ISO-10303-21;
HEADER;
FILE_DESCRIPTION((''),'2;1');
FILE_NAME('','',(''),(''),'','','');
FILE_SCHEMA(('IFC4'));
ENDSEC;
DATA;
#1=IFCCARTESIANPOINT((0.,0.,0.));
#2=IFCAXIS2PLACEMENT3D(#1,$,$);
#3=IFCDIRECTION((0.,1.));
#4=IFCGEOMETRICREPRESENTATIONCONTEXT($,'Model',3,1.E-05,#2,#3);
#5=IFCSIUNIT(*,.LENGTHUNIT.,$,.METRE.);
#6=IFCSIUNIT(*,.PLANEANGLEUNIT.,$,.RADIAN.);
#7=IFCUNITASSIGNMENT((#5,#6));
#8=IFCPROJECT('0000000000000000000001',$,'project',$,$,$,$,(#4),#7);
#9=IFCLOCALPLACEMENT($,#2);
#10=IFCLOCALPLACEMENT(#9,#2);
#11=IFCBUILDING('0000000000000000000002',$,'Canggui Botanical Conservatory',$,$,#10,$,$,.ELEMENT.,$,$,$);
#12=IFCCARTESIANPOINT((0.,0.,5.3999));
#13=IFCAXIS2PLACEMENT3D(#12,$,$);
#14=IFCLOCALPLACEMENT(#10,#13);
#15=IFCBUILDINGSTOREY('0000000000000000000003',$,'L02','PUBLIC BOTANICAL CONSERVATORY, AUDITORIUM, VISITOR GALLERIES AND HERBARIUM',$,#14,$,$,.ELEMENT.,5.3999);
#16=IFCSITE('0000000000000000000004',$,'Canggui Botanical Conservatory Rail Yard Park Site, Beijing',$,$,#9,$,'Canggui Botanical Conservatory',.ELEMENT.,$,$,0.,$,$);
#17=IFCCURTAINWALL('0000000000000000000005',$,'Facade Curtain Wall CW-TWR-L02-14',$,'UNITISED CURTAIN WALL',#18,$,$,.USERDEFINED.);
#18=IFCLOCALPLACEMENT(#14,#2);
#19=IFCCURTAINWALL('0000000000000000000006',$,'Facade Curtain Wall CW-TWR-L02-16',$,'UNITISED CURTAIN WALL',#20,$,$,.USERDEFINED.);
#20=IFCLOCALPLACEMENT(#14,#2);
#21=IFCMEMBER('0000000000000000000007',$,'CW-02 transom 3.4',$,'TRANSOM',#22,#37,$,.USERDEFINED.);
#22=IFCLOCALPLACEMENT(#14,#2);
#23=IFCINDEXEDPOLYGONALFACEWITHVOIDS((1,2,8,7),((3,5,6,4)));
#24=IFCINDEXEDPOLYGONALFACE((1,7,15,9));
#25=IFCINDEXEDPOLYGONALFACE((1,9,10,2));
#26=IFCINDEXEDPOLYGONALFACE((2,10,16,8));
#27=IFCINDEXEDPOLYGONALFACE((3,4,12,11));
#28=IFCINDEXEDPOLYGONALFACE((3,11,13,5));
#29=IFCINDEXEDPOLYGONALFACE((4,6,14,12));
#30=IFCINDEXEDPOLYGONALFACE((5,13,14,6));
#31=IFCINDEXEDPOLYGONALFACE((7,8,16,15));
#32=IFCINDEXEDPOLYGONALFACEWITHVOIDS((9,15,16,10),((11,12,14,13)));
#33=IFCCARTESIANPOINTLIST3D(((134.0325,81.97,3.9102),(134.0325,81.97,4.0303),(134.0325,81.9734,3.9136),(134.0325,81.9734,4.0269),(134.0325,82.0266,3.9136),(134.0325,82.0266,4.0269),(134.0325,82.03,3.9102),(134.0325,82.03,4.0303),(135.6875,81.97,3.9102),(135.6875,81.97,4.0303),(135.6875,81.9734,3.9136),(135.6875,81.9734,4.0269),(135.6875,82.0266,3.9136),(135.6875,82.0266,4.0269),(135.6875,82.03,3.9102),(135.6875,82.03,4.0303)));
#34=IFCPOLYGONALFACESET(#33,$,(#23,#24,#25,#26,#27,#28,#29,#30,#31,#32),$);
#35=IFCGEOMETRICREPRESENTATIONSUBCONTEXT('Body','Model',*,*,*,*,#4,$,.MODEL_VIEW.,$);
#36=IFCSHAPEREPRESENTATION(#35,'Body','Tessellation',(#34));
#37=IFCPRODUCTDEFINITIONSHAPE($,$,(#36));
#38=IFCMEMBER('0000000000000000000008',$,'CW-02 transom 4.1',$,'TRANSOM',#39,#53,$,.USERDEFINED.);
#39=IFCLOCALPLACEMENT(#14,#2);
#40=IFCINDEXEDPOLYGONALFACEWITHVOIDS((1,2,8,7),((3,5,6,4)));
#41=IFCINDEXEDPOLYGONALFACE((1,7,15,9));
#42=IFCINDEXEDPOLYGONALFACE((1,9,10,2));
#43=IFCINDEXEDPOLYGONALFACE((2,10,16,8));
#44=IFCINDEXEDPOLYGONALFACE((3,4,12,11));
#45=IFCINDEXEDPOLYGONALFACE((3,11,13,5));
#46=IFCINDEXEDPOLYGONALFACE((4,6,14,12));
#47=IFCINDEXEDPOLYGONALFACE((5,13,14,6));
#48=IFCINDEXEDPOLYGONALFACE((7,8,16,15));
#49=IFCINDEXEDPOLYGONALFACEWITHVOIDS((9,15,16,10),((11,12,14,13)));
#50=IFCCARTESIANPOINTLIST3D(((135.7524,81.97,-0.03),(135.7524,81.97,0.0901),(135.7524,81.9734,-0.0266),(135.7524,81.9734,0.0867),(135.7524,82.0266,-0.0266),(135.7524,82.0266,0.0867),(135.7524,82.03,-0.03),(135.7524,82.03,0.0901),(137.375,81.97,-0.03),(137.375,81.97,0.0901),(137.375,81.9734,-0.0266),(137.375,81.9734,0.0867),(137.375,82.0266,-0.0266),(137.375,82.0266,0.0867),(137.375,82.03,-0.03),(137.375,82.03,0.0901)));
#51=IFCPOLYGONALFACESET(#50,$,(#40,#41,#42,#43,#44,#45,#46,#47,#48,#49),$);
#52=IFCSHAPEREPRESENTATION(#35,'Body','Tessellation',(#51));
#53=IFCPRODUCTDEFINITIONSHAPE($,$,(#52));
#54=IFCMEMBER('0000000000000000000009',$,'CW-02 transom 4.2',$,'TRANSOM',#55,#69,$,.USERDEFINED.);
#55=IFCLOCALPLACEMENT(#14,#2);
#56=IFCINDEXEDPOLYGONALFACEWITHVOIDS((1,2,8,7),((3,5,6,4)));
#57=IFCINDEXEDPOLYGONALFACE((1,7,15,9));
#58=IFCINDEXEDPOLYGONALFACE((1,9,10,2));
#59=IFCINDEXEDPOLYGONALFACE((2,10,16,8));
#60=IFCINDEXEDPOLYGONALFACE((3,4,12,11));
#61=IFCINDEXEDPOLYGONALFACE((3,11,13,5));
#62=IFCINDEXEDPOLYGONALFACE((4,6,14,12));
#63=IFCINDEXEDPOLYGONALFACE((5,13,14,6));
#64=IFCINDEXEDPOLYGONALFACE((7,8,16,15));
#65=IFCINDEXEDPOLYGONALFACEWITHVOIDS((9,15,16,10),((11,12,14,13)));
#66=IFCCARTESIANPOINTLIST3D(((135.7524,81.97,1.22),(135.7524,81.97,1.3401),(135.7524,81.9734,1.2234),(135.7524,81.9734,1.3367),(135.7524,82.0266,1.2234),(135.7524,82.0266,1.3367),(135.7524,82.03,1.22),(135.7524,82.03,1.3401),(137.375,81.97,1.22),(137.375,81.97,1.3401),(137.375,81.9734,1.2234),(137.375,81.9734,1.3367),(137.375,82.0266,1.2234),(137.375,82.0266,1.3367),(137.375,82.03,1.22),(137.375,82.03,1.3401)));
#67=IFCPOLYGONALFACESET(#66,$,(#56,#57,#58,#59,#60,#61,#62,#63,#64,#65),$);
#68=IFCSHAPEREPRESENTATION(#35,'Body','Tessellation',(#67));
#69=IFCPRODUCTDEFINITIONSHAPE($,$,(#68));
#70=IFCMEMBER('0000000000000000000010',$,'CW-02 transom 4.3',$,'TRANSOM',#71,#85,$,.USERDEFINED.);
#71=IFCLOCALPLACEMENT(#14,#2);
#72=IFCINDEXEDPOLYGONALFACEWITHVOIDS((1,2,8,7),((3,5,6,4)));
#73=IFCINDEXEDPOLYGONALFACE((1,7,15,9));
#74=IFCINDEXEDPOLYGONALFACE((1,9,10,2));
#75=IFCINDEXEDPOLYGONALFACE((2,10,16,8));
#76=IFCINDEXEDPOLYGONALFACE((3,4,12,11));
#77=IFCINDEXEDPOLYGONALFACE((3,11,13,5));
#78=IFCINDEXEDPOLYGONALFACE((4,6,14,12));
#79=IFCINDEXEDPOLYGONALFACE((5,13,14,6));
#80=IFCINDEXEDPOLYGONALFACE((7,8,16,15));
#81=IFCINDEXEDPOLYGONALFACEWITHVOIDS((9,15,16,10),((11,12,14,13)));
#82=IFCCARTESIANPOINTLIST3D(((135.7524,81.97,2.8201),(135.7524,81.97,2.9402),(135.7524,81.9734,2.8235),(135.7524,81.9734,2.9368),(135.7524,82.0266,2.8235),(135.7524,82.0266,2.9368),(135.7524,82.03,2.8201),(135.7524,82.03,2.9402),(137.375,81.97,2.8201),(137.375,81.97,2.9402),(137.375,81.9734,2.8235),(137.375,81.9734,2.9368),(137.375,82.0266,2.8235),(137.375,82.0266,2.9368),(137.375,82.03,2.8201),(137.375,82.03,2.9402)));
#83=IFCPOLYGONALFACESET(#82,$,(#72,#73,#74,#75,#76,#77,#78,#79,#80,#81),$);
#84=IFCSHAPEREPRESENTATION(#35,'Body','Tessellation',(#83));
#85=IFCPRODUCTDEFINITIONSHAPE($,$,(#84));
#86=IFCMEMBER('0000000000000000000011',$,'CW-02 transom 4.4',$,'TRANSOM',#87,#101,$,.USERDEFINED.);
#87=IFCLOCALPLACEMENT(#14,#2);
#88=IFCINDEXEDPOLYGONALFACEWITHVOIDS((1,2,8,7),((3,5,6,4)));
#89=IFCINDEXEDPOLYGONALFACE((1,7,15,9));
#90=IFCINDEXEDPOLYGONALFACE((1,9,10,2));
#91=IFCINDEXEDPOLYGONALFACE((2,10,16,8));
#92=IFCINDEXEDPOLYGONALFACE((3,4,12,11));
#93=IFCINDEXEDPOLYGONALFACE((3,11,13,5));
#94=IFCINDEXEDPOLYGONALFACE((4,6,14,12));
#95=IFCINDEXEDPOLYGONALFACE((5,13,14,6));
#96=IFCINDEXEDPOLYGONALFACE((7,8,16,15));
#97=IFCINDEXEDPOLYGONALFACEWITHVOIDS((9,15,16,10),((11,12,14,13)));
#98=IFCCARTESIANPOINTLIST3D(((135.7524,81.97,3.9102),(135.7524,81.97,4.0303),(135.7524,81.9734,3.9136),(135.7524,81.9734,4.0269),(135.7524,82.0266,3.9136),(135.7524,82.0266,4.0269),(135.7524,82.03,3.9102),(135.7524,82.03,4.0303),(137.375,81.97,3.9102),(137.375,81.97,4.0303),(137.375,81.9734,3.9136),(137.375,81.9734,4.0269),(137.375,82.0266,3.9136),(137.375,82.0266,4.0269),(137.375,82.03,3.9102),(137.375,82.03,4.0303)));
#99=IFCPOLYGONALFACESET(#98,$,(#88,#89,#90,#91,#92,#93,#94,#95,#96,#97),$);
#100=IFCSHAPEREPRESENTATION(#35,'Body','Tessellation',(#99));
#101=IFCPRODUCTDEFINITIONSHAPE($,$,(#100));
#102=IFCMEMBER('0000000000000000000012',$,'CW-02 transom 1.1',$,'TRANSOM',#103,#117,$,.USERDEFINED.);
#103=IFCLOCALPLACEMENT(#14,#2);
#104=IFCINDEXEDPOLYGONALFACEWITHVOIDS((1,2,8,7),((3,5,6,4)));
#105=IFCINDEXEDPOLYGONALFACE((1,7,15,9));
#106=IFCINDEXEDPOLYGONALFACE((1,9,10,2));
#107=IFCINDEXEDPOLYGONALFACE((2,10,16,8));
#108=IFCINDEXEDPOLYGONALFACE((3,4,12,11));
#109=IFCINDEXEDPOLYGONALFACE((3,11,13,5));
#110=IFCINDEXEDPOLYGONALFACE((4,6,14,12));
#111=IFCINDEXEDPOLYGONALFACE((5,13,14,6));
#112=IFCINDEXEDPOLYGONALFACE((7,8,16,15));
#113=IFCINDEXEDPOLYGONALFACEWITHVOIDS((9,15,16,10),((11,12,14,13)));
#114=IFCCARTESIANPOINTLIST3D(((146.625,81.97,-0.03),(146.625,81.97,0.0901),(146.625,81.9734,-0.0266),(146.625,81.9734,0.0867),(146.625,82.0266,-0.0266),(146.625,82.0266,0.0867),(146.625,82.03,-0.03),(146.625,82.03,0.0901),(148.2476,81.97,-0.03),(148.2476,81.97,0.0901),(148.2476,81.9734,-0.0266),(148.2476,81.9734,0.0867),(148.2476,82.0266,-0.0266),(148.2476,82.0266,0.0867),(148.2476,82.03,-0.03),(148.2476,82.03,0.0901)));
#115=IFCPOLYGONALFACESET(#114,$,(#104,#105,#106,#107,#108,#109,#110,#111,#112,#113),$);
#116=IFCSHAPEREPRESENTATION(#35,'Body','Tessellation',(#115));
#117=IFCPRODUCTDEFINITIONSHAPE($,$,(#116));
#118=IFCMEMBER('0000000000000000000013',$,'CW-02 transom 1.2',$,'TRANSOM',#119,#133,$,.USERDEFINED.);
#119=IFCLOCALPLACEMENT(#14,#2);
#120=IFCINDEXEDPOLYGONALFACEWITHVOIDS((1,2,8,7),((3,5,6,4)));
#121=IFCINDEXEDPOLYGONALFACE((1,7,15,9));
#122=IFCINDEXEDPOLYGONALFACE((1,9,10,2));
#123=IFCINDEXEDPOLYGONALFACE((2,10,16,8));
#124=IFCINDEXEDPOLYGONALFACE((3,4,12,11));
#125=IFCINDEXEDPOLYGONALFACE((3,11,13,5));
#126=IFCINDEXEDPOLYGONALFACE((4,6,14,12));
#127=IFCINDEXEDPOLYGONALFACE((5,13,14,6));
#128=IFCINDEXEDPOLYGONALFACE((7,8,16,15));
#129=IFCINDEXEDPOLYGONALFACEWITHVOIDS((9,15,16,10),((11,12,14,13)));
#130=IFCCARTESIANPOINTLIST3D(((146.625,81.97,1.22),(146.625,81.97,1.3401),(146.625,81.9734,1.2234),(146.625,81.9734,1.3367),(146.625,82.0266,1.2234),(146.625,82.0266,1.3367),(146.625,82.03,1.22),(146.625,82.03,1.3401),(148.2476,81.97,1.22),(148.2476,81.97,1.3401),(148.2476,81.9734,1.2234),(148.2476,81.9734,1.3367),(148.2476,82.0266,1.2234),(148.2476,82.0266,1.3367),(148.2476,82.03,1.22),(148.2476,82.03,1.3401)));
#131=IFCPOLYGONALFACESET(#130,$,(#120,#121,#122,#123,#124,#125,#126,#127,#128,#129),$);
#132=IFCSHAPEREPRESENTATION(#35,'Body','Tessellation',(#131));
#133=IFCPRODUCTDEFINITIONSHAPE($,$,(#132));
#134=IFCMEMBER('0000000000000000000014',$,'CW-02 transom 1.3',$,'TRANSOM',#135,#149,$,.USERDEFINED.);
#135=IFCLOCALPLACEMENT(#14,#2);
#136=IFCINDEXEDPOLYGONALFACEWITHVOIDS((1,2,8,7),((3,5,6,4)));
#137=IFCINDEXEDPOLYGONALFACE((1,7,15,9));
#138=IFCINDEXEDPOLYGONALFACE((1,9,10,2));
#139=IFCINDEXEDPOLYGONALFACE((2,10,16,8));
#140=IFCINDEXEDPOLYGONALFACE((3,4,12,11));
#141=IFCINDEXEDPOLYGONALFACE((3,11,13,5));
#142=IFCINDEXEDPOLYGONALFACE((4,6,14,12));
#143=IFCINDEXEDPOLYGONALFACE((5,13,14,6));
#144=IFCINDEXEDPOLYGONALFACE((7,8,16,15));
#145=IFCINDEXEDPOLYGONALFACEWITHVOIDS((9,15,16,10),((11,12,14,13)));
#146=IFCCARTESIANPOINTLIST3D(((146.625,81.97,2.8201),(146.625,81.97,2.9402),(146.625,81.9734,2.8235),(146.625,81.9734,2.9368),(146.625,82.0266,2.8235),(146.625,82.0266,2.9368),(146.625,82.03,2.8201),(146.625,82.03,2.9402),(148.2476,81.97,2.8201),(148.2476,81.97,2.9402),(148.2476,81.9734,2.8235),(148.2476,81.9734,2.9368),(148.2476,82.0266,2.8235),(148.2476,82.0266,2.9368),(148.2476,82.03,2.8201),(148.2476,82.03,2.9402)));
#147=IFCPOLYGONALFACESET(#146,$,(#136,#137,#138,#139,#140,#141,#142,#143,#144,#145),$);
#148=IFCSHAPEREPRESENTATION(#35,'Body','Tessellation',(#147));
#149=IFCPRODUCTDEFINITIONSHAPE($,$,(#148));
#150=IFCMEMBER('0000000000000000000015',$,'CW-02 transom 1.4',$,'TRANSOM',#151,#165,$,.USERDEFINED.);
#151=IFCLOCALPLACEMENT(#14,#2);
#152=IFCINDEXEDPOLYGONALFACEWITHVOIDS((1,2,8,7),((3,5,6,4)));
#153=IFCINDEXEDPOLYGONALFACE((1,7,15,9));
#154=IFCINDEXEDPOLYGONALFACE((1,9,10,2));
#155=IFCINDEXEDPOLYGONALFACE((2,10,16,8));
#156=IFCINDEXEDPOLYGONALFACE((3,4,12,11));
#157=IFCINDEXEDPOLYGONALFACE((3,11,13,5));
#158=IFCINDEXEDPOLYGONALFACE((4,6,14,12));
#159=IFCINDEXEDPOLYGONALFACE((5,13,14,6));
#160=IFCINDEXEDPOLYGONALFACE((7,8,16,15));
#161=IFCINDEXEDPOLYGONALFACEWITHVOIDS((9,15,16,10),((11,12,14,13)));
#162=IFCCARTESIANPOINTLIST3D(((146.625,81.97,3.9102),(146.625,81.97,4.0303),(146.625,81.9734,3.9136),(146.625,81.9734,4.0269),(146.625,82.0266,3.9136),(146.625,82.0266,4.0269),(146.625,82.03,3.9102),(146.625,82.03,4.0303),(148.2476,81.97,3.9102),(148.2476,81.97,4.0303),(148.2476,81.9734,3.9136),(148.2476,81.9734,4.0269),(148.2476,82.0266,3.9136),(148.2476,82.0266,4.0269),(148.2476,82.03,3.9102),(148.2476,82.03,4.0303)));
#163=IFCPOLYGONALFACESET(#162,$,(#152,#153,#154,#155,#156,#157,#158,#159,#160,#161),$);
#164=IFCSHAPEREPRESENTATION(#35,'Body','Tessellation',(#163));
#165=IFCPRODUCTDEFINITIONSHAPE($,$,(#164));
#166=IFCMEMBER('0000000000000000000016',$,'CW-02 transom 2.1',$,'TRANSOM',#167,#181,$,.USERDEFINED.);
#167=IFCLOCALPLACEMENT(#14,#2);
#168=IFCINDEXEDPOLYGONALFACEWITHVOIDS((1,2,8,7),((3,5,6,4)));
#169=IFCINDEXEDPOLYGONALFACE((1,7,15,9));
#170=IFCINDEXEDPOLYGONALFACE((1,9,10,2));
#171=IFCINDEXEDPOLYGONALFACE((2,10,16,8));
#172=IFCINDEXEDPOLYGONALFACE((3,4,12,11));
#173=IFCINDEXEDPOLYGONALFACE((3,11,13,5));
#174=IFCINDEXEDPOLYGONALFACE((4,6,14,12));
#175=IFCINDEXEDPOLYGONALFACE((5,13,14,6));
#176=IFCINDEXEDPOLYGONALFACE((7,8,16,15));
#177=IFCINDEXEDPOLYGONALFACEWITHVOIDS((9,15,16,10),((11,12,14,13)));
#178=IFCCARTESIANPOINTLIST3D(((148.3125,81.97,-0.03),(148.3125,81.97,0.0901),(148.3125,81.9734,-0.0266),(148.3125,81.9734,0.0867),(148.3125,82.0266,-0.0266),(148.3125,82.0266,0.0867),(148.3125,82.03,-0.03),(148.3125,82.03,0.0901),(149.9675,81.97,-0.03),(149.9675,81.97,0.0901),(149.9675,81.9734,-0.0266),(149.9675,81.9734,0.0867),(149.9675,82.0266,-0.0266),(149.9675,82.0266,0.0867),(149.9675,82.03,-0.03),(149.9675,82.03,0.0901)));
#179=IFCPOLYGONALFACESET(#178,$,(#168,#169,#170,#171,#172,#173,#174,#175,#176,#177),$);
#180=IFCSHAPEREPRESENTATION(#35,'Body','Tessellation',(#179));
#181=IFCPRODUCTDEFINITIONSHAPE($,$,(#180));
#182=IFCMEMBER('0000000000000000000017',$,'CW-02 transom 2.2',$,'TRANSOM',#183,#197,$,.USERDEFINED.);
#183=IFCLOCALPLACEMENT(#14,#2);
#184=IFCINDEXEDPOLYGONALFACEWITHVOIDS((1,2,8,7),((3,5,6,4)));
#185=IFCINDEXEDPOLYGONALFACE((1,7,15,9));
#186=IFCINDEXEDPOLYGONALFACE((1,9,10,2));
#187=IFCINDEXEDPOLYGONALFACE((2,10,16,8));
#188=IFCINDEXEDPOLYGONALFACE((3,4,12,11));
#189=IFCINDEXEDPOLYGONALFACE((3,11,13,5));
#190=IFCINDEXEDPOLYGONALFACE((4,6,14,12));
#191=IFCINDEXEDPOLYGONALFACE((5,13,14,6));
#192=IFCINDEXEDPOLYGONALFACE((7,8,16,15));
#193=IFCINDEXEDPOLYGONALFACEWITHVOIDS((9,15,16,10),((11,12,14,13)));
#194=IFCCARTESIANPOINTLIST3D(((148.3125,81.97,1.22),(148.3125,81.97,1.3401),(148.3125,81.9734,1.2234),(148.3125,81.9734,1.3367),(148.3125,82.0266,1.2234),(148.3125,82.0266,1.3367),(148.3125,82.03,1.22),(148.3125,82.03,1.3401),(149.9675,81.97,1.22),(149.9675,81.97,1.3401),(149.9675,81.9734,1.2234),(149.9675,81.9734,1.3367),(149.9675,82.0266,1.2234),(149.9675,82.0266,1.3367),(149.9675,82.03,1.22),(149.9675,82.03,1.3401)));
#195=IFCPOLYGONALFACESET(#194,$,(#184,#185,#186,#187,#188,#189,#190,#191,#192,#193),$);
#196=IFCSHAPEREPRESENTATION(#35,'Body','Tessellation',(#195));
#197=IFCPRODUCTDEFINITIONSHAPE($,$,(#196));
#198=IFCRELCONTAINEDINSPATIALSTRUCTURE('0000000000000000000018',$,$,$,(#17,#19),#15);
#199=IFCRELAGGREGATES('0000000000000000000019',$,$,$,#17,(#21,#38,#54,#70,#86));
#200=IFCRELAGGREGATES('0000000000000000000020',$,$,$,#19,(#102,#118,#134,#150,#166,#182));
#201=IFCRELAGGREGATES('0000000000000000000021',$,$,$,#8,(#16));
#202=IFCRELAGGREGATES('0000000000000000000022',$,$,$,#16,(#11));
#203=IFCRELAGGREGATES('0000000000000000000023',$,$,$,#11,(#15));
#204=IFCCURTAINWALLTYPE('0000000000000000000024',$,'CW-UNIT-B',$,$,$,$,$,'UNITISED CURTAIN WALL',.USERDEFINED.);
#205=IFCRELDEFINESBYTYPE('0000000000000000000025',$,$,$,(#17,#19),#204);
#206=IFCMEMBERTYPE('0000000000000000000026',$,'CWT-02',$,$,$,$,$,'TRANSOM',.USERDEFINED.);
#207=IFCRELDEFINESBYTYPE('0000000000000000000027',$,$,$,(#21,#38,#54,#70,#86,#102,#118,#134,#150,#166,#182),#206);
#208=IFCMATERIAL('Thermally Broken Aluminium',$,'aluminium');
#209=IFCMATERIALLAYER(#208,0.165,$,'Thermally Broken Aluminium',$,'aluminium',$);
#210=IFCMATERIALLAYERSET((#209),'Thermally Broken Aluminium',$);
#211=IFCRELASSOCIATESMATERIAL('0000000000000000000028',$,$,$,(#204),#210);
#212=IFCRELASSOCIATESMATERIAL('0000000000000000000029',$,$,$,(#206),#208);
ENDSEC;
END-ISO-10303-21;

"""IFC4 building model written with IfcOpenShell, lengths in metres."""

from ifc_helpers import new_model, si_unit, direction, frame, origin, origin_2d, place, context, subcontext, project, spatial, hollow_rectangle, extrude, material, layer, layer_set, material_profile, profile_set, type_object, element, aggregate, save


model = new_model("IFC4")

# Units and contexts
model_context = context("Model", 3, precision=1e-05, world=origin(), true_north=direction((0.0, 1.0)))
body_context = subcontext(model_context, "Body", "Model", "MODEL_VIEW")
ifc_project = project(units=[si_unit("LENGTHUNIT", "METRE"), si_unit("PLANEANGLEUNIT", "RADIAN")], contexts=[model_context])

# Site, building, storey
site_placement = place(None, origin())
site = spatial("IfcSite", under=ifc_project, at=site_placement, Name="Canggui Botanical Conservatory Rail Yard Park Site, Beijing", LongName="Canggui Botanical Conservatory", CompositionType="ELEMENT", RefElevation=0.0)
building_placement = place(site_placement, origin())
building = spatial("IfcBuilding", under=site, at=building_placement, Name="Canggui Botanical Conservatory", CompositionType="ELEMENT")
storey_placement = place(building_placement, frame((0.0, 0.0, 5.3999)))
storey = spatial("IfcBuildingStorey", under=building, at=storey_placement, Name="L02", Description="PUBLIC BOTANICAL CONSERVATORY, AUDITORIUM, VISITOR GALLERIES AND HERBARIUM", CompositionType="ELEMENT", Elevation=5.3999)

# Curtain walls
ifc_material_1 = material(Name="Thermally Broken Aluminium", Category="aluminium")
ifc_layer_1 = layer(ifc_material_1, 0.165, Name="Thermally Broken Aluminium", Category="aluminium")
ifc_layer_set_1 = layer_set([ifc_layer_1], Name="Thermally Broken Aluminium")
curtain_wall_type = type_object("IfcCurtainWallType", Name="CW-UNIT-B", ElementType="UNITISED CURTAIN WALL", PredefinedType="USERDEFINED", material=ifc_layer_set_1)
curtain_wall_1_placement = place(storey_placement, origin())
curtain_wall_1 = element("IfcCurtainWall", 1, at=curtain_wall_1_placement, inside=storey, type_object=curtain_wall_type, Name="Facade Curtain Wall CW-TWR-L02-14", ObjectType="UNITISED CURTAIN WALL", PredefinedType="USERDEFINED")
curtain_wall_2_placement = place(storey_placement, origin())
curtain_wall_2 = element("IfcCurtainWall", 2, at=curtain_wall_2_placement, inside=storey, type_object=curtain_wall_type, Name="Facade Curtain Wall CW-TWR-L02-16", ObjectType="UNITISED CURTAIN WALL", PredefinedType="USERDEFINED")

# Members
ifc_material_profile_1 = material_profile(ifc_material_1, hollow_rectangle(XDim=0.0601, YDim=0.1201, WallThickness=0.0034, at=origin_2d()), Name="CWT 60x120x3.5")
ifc_profile_set_1 = profile_set([ifc_material_profile_1], Name="Thermally Broken Aluminium")
member_type_1 = type_object("IfcMemberType", Name="CWT-02", ElementType="TRANSOM", PredefinedType="USERDEFINED", material=ifc_profile_set_1)
member_1_placement = place(storey_placement, frame((134.0325, 82.0, 3.9702), z_axis=(1.0, 0.0, 0.0), x_axis=(0.0, 1.0, 0.0)))
member_1 = element("IfcMember", 3, at=member_1_placement, type_object=member_type_1, Name="CW-02 transom 3.4", ObjectType="TRANSOM", PredefinedType="USERDEFINED", context=body_context, shape_type="SweptSolid", body=[
    extrude(hollow_rectangle(XDim=0.0601, YDim=0.1201, WallThickness=0.0034, at=origin_2d()), origin(), (0.0, 0.0, 1.0), 1.655),
])
member_2_placement = place(storey_placement, frame((135.7524, 82.0, 0.03), z_axis=(1.0, 0.0, 0.0), x_axis=(0.0, 1.0, 0.0)))
member_2 = element("IfcMember", 4, at=member_2_placement, type_object=member_type_1, Name="CW-02 transom 4.1", ObjectType="TRANSOM", PredefinedType="USERDEFINED", context=body_context, shape_type="SweptSolid", body=[
    extrude(hollow_rectangle(XDim=0.0601, YDim=0.1201, WallThickness=0.0034, at=origin_2d()), origin(), (0.0, 0.0, 1.0), 1.6226),
])
member_3_placement = place(storey_placement, frame((135.7524, 82.0, 1.28), z_axis=(1.0, 0.0, 0.0), x_axis=(0.0, 1.0, 0.0)))
member_3 = element("IfcMember", 5, at=member_3_placement, type_object=member_type_1, Name="CW-02 transom 4.2", ObjectType="TRANSOM", PredefinedType="USERDEFINED", context=body_context, shape_type="SweptSolid", body=[
    extrude(hollow_rectangle(XDim=0.0601, YDim=0.1201, WallThickness=0.0034, at=origin_2d()), origin(), (0.0, 0.0, 1.0), 1.6226),
])
member_4_placement = place(storey_placement, frame((135.7524, 82.0, 2.8801), z_axis=(1.0, 0.0, 0.0), x_axis=(0.0, 1.0, 0.0)))
member_4 = element("IfcMember", 6, at=member_4_placement, type_object=member_type_1, Name="CW-02 transom 4.3", ObjectType="TRANSOM", PredefinedType="USERDEFINED", context=body_context, shape_type="SweptSolid", body=[
    extrude(hollow_rectangle(XDim=0.0601, YDim=0.1201, WallThickness=0.0034, at=origin_2d()), origin(), (0.0, 0.0, 1.0), 1.6226),
])
member_5_placement = place(storey_placement, frame((135.7524, 82.0, 3.9702), z_axis=(1.0, 0.0, 0.0), x_axis=(0.0, 1.0, 0.0)))
member_5 = element("IfcMember", 7, at=member_5_placement, type_object=member_type_1, Name="CW-02 transom 4.4", ObjectType="TRANSOM", PredefinedType="USERDEFINED", context=body_context, shape_type="SweptSolid", body=[
    extrude(hollow_rectangle(XDim=0.0601, YDim=0.1201, WallThickness=0.0034, at=origin_2d()), origin(), (0.0, 0.0, 1.0), 1.6226),
])
member_6_placement = place(storey_placement, frame((146.625, 82.0, 0.03), z_axis=(1.0, 0.0, 0.0), x_axis=(0.0, 1.0, 0.0)))
member_6 = element("IfcMember", 8, at=member_6_placement, type_object=member_type_1, Name="CW-02 transom 1.1", ObjectType="TRANSOM", PredefinedType="USERDEFINED", context=body_context, shape_type="SweptSolid", body=[
    extrude(hollow_rectangle(XDim=0.0601, YDim=0.1201, WallThickness=0.0034, at=origin_2d()), origin(), (0.0, 0.0, 1.0), 1.6226),
])
member_7_placement = place(storey_placement, frame((146.625, 82.0, 1.28), z_axis=(1.0, 0.0, 0.0), x_axis=(0.0, 1.0, 0.0)))
member_7 = element("IfcMember", 9, at=member_7_placement, type_object=member_type_1, Name="CW-02 transom 1.2", ObjectType="TRANSOM", PredefinedType="USERDEFINED", context=body_context, shape_type="SweptSolid", body=[
    extrude(hollow_rectangle(XDim=0.0601, YDim=0.1201, WallThickness=0.0034, at=origin_2d()), origin(), (0.0, 0.0, 1.0), 1.6226),
])
member_8_placement = place(storey_placement, frame((146.625, 82.0, 2.8801), z_axis=(1.0, 0.0, 0.0), x_axis=(0.0, 1.0, 0.0)))
member_8 = element("IfcMember", 10, at=member_8_placement, type_object=member_type_1, Name="CW-02 transom 1.3", ObjectType="TRANSOM", PredefinedType="USERDEFINED", context=body_context, shape_type="SweptSolid", body=[
    extrude(hollow_rectangle(XDim=0.0601, YDim=0.1201, WallThickness=0.0034, at=origin_2d()), origin(), (0.0, 0.0, 1.0), 1.6226),
])
member_9_placement = place(storey_placement, frame((146.625, 82.0, 3.9702), z_axis=(1.0, 0.0, 0.0), x_axis=(0.0, 1.0, 0.0)))
member_9 = element("IfcMember", 11, at=member_9_placement, type_object=member_type_1, Name="CW-02 transom 1.4", ObjectType="TRANSOM", PredefinedType="USERDEFINED", context=body_context, shape_type="SweptSolid", body=[
    extrude(hollow_rectangle(XDim=0.0601, YDim=0.1201, WallThickness=0.0034, at=origin_2d()), origin(), (0.0, 0.0, 1.0), 1.6226),
])
member_10_placement = place(storey_placement, frame((148.3125, 82.0, 0.03), z_axis=(1.0, 0.0, 0.0), x_axis=(0.0, 1.0, 0.0)))
member_10 = element("IfcMember", 12, at=member_10_placement, type_object=member_type_1, Name="CW-02 transom 2.1", ObjectType="TRANSOM", PredefinedType="USERDEFINED", context=body_context, shape_type="SweptSolid", body=[
    extrude(hollow_rectangle(XDim=0.0601, YDim=0.1201, WallThickness=0.0034, at=origin_2d()), origin(), (0.0, 0.0, 1.0), 1.655),
])
member_11_placement = place(storey_placement, frame((148.3125, 82.0, 1.28), z_axis=(1.0, 0.0, 0.0), x_axis=(0.0, 1.0, 0.0)))
member_11 = element("IfcMember", 13, at=member_11_placement, type_object=member_type_1, Name="CW-02 transom 2.2", ObjectType="TRANSOM", PredefinedType="USERDEFINED", context=body_context, shape_type="SweptSolid", body=[
    extrude(hollow_rectangle(XDim=0.0601, YDim=0.1201, WallThickness=0.0034, at=origin_2d()), origin(), (0.0, 0.0, 1.0), 1.655),
])

aggregate(curtain_wall_1, [member_1, member_2, member_3, member_4, member_5])
aggregate(curtain_wall_2, [member_6, member_7, member_8, member_9, member_10, member_11])

save(model, "model.ifc")
